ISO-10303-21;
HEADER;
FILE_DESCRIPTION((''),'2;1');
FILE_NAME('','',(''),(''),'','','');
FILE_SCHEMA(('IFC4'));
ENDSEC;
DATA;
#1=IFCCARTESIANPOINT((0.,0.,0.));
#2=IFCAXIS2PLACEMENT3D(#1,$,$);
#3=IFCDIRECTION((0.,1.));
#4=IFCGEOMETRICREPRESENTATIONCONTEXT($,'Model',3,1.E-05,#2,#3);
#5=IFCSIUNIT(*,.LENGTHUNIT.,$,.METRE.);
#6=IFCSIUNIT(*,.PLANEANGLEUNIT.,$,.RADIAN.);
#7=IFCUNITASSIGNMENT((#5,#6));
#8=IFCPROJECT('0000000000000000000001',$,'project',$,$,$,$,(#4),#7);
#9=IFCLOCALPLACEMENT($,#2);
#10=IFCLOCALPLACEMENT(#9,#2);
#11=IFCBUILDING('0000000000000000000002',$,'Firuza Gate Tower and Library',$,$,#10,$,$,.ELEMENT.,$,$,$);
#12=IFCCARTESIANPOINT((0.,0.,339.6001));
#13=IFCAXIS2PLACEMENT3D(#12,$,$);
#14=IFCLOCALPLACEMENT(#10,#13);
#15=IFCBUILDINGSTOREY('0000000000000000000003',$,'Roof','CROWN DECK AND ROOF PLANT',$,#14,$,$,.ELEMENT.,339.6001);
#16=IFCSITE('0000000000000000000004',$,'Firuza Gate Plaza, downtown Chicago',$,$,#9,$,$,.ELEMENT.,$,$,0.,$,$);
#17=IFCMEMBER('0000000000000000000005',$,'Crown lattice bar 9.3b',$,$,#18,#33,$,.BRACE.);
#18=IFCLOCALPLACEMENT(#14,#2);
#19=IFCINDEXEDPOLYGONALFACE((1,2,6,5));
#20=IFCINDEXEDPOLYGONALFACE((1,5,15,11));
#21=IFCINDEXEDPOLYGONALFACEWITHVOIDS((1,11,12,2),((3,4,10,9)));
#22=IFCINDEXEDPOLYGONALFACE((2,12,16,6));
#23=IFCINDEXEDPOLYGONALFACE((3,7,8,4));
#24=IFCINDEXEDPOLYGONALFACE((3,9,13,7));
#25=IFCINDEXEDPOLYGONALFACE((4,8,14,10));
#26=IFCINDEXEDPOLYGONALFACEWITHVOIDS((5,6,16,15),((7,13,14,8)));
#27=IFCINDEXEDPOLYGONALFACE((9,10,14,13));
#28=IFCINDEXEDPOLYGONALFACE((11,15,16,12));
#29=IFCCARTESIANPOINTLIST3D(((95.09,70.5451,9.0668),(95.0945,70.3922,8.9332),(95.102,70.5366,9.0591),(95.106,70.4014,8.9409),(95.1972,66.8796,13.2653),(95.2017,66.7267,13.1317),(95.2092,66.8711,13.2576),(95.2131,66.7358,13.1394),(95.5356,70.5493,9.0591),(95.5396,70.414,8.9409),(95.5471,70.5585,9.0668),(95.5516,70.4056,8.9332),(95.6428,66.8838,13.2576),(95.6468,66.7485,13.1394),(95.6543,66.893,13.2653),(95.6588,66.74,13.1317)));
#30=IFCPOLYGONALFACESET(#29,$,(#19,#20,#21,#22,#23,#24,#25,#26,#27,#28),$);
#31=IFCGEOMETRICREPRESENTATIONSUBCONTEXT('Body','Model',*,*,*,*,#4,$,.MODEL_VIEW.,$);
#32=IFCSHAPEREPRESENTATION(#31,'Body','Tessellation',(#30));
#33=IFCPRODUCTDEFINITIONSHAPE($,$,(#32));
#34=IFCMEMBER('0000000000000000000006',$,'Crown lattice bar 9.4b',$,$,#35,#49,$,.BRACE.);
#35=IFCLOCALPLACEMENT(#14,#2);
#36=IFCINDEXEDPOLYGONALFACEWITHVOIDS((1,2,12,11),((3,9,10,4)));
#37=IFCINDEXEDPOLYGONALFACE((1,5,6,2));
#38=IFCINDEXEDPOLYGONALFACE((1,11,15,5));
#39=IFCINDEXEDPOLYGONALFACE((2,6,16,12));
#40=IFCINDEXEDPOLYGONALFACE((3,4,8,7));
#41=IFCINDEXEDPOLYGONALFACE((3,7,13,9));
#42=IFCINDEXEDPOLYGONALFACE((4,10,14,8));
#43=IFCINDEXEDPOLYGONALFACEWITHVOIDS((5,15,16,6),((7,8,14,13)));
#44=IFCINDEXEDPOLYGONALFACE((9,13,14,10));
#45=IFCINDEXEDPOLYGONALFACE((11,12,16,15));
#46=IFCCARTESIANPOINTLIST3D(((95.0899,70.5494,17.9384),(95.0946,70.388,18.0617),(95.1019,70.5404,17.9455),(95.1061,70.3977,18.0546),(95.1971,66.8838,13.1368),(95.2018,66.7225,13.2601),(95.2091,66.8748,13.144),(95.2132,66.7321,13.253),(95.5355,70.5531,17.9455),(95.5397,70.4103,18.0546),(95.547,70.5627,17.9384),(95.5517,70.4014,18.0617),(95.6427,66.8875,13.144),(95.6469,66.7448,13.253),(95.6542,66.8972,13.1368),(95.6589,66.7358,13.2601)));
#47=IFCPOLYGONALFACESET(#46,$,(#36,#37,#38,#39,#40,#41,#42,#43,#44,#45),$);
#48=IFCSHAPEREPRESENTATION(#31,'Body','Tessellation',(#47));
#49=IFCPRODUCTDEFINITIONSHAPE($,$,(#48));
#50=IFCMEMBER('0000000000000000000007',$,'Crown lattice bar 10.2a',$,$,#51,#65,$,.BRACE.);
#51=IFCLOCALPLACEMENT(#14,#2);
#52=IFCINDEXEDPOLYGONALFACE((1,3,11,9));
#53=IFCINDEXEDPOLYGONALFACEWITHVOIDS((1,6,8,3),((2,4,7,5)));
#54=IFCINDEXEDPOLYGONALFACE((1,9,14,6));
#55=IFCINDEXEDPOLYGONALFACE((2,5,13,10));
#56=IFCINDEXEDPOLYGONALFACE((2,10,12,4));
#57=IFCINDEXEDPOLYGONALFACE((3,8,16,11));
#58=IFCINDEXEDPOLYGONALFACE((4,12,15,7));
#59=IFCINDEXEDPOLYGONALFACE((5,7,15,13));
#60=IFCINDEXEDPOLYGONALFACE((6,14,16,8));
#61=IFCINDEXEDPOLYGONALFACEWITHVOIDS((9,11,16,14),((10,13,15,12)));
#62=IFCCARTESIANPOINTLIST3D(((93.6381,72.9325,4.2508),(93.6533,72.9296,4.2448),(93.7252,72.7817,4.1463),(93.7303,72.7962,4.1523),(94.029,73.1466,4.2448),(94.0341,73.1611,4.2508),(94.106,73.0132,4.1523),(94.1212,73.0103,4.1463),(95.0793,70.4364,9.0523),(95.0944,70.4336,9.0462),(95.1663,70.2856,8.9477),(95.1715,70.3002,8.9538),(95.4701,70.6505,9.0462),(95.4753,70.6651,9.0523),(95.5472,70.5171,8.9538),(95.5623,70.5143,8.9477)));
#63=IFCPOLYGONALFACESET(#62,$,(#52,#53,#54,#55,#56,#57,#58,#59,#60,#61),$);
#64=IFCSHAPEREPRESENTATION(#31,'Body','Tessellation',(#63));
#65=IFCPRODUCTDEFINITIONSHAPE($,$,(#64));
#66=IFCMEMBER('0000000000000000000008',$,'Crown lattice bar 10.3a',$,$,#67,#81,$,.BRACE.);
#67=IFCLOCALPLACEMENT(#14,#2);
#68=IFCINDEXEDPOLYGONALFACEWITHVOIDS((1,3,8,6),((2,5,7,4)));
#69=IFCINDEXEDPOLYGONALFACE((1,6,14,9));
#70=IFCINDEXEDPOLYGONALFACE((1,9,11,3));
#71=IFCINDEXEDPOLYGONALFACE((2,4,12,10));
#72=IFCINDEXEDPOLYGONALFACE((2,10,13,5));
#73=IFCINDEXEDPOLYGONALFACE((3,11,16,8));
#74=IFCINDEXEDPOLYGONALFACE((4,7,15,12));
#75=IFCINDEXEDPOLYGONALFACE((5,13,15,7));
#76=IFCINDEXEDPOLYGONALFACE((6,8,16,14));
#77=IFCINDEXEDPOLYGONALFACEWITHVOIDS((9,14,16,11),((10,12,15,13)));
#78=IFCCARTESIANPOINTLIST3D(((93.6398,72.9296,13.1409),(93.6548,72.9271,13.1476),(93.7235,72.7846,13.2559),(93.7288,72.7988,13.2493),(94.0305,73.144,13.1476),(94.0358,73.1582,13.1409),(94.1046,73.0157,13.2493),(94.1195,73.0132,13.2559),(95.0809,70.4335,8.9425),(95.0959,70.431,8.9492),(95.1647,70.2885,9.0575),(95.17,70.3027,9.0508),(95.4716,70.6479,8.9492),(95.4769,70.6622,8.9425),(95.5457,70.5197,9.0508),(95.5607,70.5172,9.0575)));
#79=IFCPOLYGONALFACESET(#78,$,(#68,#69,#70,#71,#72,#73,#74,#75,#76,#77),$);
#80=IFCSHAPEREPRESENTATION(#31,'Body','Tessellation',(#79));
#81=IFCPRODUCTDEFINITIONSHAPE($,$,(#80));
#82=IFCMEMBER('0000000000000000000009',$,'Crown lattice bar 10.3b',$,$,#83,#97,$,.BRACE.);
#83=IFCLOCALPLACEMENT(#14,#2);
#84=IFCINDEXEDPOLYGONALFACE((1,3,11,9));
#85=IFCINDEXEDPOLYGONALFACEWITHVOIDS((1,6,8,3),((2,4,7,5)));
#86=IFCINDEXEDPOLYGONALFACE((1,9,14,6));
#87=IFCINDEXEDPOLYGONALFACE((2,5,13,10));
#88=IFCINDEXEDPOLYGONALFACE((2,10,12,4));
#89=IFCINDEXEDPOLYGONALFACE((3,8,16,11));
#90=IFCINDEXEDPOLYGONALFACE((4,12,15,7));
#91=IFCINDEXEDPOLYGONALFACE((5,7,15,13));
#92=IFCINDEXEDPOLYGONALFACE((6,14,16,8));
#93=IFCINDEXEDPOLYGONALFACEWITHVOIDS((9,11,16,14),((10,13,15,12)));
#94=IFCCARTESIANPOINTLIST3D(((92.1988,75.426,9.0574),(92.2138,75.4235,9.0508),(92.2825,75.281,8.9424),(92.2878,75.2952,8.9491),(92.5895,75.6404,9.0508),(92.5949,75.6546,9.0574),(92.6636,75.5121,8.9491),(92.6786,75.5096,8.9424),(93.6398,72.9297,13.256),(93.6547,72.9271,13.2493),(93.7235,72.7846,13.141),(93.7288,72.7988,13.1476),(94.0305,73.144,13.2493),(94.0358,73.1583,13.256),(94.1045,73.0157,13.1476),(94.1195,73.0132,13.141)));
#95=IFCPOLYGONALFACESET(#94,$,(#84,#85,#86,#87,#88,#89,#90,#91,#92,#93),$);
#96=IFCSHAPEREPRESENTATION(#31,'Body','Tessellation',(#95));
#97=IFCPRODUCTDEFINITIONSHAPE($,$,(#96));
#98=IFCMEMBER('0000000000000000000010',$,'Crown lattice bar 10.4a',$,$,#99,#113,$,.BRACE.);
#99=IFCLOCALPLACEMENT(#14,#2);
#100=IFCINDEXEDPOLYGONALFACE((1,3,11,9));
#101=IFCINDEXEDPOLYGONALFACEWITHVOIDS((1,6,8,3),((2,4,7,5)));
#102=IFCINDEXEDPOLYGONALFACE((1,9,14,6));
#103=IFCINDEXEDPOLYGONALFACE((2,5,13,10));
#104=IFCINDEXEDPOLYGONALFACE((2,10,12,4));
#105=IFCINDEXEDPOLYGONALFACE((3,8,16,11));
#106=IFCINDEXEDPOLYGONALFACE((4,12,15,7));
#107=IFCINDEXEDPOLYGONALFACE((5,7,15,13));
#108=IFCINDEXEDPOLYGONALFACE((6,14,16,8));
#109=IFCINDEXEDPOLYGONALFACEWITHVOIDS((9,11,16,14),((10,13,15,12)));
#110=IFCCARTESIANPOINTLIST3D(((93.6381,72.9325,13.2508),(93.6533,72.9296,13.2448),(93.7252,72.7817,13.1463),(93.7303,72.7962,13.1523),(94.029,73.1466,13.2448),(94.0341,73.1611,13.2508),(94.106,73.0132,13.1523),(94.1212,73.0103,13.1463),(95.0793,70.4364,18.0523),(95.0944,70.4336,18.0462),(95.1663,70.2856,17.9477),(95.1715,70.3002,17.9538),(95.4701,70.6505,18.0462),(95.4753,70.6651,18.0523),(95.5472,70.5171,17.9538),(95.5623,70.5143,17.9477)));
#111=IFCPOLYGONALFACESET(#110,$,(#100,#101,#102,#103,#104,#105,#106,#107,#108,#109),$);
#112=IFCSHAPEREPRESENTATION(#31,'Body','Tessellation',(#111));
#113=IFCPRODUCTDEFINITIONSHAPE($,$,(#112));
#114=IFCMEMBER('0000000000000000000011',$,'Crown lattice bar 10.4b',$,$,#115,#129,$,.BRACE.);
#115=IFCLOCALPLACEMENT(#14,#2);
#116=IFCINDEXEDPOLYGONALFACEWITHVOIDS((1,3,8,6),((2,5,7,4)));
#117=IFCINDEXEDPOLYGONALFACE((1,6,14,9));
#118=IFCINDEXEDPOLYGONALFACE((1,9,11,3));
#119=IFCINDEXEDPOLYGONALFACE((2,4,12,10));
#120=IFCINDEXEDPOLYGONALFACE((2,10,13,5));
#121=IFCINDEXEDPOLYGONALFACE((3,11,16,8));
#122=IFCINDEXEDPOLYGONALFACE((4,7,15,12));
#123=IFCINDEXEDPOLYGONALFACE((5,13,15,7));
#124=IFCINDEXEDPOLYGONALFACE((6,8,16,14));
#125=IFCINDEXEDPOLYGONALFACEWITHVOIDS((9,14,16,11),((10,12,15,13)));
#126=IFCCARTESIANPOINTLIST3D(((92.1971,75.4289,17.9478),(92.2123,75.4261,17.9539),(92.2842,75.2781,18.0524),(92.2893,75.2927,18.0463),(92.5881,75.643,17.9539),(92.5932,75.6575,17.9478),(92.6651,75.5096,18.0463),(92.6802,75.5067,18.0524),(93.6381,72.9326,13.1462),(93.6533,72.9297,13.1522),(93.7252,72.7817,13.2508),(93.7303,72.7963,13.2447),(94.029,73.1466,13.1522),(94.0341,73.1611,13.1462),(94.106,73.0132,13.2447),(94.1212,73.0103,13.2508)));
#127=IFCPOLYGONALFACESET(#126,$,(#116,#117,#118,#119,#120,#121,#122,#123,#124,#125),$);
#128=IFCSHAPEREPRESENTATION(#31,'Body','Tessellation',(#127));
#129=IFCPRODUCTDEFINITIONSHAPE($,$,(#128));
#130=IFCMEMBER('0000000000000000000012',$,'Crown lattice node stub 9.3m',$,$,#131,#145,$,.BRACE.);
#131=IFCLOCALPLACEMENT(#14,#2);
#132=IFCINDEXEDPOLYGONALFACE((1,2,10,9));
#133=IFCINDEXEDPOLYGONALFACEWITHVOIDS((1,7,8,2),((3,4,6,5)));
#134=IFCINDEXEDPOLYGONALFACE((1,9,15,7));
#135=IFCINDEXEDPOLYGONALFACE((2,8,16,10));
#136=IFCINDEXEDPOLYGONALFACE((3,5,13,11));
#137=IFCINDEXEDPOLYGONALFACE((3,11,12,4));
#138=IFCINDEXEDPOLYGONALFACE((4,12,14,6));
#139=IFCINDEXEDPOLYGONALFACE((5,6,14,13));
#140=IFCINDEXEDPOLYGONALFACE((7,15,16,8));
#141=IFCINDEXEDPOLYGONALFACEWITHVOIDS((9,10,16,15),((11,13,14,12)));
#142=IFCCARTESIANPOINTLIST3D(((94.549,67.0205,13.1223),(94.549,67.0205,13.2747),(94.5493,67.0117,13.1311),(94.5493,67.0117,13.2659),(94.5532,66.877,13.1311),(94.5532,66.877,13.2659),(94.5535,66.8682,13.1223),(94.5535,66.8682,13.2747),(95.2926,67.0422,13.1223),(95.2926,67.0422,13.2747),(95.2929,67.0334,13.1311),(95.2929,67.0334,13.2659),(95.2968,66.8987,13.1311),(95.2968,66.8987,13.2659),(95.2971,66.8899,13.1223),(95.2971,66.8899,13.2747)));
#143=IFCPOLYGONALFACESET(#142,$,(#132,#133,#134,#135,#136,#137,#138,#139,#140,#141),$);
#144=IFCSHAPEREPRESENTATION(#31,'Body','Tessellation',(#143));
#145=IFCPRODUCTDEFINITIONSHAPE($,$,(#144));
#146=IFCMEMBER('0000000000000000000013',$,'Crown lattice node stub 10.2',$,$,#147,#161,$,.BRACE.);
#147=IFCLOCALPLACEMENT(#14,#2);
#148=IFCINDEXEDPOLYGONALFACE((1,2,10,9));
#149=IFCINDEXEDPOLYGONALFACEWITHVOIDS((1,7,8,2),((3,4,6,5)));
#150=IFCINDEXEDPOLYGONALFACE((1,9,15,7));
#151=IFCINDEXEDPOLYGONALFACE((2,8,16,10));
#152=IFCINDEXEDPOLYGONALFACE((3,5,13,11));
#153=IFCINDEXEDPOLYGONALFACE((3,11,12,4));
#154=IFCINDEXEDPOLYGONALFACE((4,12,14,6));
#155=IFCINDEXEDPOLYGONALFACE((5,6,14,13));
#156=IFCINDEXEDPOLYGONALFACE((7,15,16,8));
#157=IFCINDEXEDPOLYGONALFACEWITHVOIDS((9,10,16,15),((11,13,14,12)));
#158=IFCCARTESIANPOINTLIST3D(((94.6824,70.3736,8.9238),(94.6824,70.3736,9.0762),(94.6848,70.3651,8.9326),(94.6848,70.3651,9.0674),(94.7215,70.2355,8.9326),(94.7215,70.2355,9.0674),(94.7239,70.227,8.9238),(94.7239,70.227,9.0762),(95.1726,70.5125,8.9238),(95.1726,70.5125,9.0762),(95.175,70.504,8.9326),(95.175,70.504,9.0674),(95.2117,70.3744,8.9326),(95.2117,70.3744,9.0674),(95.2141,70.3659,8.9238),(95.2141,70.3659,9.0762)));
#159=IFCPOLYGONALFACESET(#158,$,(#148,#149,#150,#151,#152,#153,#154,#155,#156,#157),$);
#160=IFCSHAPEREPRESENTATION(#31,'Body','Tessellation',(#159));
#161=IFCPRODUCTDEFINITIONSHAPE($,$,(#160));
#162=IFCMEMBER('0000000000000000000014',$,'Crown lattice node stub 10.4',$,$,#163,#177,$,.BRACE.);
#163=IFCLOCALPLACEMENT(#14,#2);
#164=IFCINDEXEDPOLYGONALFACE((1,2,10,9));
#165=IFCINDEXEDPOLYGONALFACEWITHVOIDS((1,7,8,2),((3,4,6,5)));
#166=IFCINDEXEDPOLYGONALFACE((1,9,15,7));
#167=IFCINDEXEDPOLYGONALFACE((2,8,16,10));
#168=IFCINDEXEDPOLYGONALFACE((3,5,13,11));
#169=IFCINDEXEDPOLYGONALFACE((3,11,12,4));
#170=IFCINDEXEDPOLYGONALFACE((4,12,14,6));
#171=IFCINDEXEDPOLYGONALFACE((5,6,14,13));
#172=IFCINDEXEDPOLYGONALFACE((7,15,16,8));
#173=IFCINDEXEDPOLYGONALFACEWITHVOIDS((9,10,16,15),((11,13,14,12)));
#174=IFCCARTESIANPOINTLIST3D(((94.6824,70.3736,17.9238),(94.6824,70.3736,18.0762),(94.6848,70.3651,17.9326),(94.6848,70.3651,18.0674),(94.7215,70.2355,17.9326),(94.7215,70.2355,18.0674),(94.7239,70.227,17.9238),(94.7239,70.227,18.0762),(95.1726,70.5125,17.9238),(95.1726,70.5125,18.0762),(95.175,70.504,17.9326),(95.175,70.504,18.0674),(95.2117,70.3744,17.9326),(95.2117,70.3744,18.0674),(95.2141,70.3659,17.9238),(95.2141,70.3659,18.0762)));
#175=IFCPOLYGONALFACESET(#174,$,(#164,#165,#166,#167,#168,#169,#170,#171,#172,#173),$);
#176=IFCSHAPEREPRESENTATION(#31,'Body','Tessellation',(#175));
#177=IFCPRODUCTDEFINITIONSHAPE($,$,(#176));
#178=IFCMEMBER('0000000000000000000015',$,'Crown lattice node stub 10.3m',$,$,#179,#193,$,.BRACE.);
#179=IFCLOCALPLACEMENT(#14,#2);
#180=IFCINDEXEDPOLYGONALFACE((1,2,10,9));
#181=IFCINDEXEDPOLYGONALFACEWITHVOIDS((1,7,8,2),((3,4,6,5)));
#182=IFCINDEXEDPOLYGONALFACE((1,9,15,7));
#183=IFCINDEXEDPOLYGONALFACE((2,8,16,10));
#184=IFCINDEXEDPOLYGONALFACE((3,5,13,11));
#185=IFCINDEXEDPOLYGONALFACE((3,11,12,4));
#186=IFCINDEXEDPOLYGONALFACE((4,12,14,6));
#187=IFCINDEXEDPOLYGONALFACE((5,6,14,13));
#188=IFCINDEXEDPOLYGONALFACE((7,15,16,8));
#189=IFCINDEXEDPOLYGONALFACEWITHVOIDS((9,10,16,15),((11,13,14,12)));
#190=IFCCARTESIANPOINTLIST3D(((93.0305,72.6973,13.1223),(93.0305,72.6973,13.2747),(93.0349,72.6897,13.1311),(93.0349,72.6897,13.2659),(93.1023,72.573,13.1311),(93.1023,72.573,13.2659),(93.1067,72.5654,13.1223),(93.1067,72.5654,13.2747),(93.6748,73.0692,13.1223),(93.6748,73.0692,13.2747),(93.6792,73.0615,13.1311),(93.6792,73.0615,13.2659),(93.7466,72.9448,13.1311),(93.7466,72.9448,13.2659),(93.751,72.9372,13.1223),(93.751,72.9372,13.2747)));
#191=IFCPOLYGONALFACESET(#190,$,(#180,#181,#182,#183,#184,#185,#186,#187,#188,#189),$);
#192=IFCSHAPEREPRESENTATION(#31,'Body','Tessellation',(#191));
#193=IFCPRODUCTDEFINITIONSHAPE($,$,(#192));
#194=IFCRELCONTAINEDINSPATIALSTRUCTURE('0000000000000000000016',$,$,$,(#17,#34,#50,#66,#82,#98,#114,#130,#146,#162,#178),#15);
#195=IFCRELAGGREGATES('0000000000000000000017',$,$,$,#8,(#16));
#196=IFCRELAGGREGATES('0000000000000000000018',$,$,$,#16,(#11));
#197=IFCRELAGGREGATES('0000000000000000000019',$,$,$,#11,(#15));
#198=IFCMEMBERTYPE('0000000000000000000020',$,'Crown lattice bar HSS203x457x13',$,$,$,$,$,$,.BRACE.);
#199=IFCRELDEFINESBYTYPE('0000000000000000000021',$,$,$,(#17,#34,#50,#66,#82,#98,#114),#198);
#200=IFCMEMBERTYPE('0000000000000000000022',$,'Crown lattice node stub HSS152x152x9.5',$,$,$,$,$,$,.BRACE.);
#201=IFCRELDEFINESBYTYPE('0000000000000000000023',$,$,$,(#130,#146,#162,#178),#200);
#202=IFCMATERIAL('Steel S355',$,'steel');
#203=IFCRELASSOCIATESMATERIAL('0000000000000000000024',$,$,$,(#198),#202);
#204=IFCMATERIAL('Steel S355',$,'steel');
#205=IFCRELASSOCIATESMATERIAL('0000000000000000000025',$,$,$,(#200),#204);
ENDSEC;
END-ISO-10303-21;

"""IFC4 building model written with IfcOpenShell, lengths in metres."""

from ifc_helpers import new_model, si_unit, direction, frame, origin, origin_2d, place, context, subcontext, project, spatial, hollow_rectangle, extrude, material, material_profile, profile_set, type_object, element, save


model = new_model("IFC4")

# Units and contexts
model_context = context("Model", 3, precision=1e-05, world=origin(), true_north=direction((0.0, 1.0)))
body_context = subcontext(model_context, "Body", "Model", "MODEL_VIEW")
ifc_project = project(units=[si_unit("LENGTHUNIT", "METRE"), si_unit("PLANEANGLEUNIT", "RADIAN")], contexts=[model_context])

# Site, building, storey
site_placement = place(None, origin())
site = spatial("IfcSite", under=ifc_project, at=site_placement, Name="Firuza Gate Plaza, downtown Chicago", CompositionType="ELEMENT", RefElevation=0.0)
building_placement = place(site_placement, origin())
building = spatial("IfcBuilding", under=site, at=building_placement, Name="Firuza Gate Tower and Library", CompositionType="ELEMENT")
storey_placement = place(building_placement, frame((0.0, 0.0, 339.6001)))
storey = spatial("IfcBuildingStorey", under=building, at=storey_placement, Name="Roof", Description="CROWN DECK AND ROOF PLANT", CompositionType="ELEMENT", Elevation=339.6001)

# Members
ifc_material_1 = material(Name="Steel S355", Category="steel")
ifc_material_profile_1 = material_profile(ifc_material_1, hollow_rectangle(XDim=0.4573, YDim=0.2031, WallThickness=0.0117, at=origin_2d()))
ifc_profile_set_1 = profile_set([ifc_material_profile_1], Name="Steel S355")
member_type_1 = type_object("IfcMemberType", Name="Crown lattice bar HSS203x457x13", PredefinedType="BRACE", material=ifc_profile_set_1)
member_1_placement = place(storey_placement, frame((95.428, 66.8098, 13.1985), z_axis=(-0.019226, 0.657555, -0.753162), x_axis=(-0.999573, -0.029227, 0.0)))
element("IfcMember", 1, at=member_1_placement, inside=storey, type_object=member_type_1, Name="Crown lattice bar 9.3b", PredefinedType="BRACE", context=body_context, shape_type="SweptSolid", body=[
    extrude(hollow_rectangle(XDim=0.4573, YDim=0.2031, WallThickness=0.0117, at=origin_2d()), origin(), (0.0, 0.0, 1.0), 5.5745),
])
member_2_placement = place(storey_placement, frame((95.428, 66.8098, 13.1985), z_axis=(-0.01774, 0.606705, 0.794729), x_axis=(-0.999573, -0.029227, 0.0)))
element("IfcMember", 2, at=member_2_placement, inside=storey, type_object=member_type_1, Name="Crown lattice bar 9.4b", PredefinedType="BRACE", context=body_context, shape_type="SweptSolid", body=[
    extrude(hollow_rectangle(XDim=0.4573, YDim=0.2031, WallThickness=0.0117, at=origin_2d()), origin(), (0.0, 0.0, 1.0), 6.0417),
])
member_3_placement = place(storey_placement, frame((95.3208, 70.4753, 9.0), z_axis=(-0.257342, 0.445717, -0.857386), x_axis=(-0.866019, -0.500011, 0.0)))
element("IfcMember", 3, at=member_3_placement, inside=storey, type_object=member_type_1, Name="Crown lattice bar 10.2a", PredefinedType="BRACE", context=body_context, shape_type="SweptSolid", body=[
    extrude(hollow_rectangle(XDim=0.4573, YDim=0.2031, WallThickness=0.0117, at=origin_2d()), origin(), (0.0, 0.0, 1.0), 5.6001),
])
member_4_placement = place(storey_placement, frame((95.3208, 70.4753, 9.0), z_axis=(-0.282991, 0.49014, 0.824427), x_axis=(-0.866019, -0.500011, 0.0)))
element("IfcMember", 4, at=member_4_placement, inside=storey, type_object=member_type_1, Name="Crown lattice bar 10.3a", PredefinedType="BRACE", context=body_context, shape_type="SweptSolid", body=[
    extrude(hollow_rectangle(XDim=0.4573, YDim=0.2031, WallThickness=0.0117, at=origin_2d()), origin(), (0.0, 0.0, 1.0), 5.0925),
])
member_5_placement = place(storey_placement, frame((93.8796, 72.9714, 13.1985), z_axis=(-0.28294, 0.490183, -0.824418), x_axis=(-0.866077, -0.499911, 0.0)))
element("IfcMember", 5, at=member_5_placement, inside=storey, type_object=member_type_1, Name="Crown lattice bar 10.3b", PredefinedType="BRACE", context=body_context, shape_type="SweptSolid", body=[
    extrude(hollow_rectangle(XDim=0.4573, YDim=0.2031, WallThickness=0.0117, at=origin_2d()), origin(), (0.0, 0.0, 1.0), 5.0928),
])
member_6_placement = place(storey_placement, frame((95.3208, 70.4753, 18.0), z_axis=(-0.257342, 0.445717, -0.857386), x_axis=(-0.866019, -0.500011, 0.0)))
element("IfcMember", 6, at=member_6_placement, inside=storey, type_object=member_type_1, Name="Crown lattice bar 10.4a", PredefinedType="BRACE", context=body_context, shape_type="SweptSolid", body=[
    extrude(hollow_rectangle(XDim=0.4573, YDim=0.2031, WallThickness=0.0117, at=origin_2d()), origin(), (0.0, 0.0, 1.0), 5.6001),
])
member_7_placement = place(storey_placement, frame((93.8796, 72.9714, 13.1985), z_axis=(-0.257297, 0.445757, 0.857379), x_axis=(-0.866077, -0.499911, 0.0)))
element("IfcMember", 7, at=member_7_placement, inside=storey, type_object=member_type_1, Name="Crown lattice bar 10.4b", PredefinedType="BRACE", context=body_context, shape_type="SweptSolid", body=[
    extrude(hollow_rectangle(XDim=0.4573, YDim=0.2031, WallThickness=0.0117, at=origin_2d()), origin(), (0.0, 0.0, 1.0), 5.6003),
])
ifc_material_2 = material(Name="Steel S355", Category="steel")
ifc_material_profile_2 = material_profile(ifc_material_2, hollow_rectangle(XDim=0.1523, YDim=0.1523, WallThickness=0.0088, at=origin_2d()))
ifc_profile_set_2 = profile_set([ifc_material_profile_2], Name="Steel S355")
member_type_2 = type_object("IfcMemberType", Name="Crown lattice node stub HSS152x152x9.5", PredefinedType="BRACE", material=ifc_profile_set_2)
member_8_placement = place(storey_placement, frame((94.5513, 66.9443, 13.1985), z_axis=(0.999573, 0.029206, 0.0), x_axis=(-0.029206, 0.999573, 0.0)))
element("IfcMember", 8, at=member_8_placement, inside=storey, type_object=member_type_2, Name="Crown lattice node stub 9.3m", PredefinedType="BRACE", context=body_context, shape_type="SweptSolid", body=[
    extrude(hollow_rectangle(XDim=0.1523, YDim=0.1523, WallThickness=0.0088, at=origin_2d()), origin(), (0.0, 0.0, 1.0), 0.7439),
])
for number, where, z_axis, x_axis, name in (
    (9, (94.7031, 70.3003, 9.0), (0.962118, 0.272632, 0.0), (-0.272632, 0.962118, 0.0), "Crown lattice node stub 10.2"),
    (10, (94.7031, 70.3003, 18.0), (0.962118, 0.272632, 0.0), (-0.272632, 0.962118, 0.0), "Crown lattice node stub 10.4"),
):
    element("IfcMember", number, at=place(storey_placement, frame(where, z_axis=z_axis, x_axis=x_axis)), inside=storey, type_object=member_type_2, Name=name, PredefinedType="BRACE", context=body_context, shape_type="SweptSolid", body=[
        extrude(hollow_rectangle(XDim=0.1523, YDim=0.1523, WallThickness=0.0088, at=origin_2d()), origin(), (0.0, 0.0, 1.0), 0.5095),
    ])
member_9_placement = place(storey_placement, frame((93.0686, 72.6313, 13.1985), z_axis=(0.866115, 0.499846, 0.0), x_axis=(-0.499846, 0.866115, 0.0)))
element("IfcMember", 11, at=member_9_placement, inside=storey, type_object=member_type_2, Name="Crown lattice node stub 10.3m", PredefinedType="BRACE", context=body_context, shape_type="SweptSolid", body=[
    extrude(hollow_rectangle(XDim=0.1523, YDim=0.1523, WallThickness=0.0088, at=origin_2d()), origin(), (0.0, 0.0, 1.0), 0.7439),
])

save(model, "model.ifc")
